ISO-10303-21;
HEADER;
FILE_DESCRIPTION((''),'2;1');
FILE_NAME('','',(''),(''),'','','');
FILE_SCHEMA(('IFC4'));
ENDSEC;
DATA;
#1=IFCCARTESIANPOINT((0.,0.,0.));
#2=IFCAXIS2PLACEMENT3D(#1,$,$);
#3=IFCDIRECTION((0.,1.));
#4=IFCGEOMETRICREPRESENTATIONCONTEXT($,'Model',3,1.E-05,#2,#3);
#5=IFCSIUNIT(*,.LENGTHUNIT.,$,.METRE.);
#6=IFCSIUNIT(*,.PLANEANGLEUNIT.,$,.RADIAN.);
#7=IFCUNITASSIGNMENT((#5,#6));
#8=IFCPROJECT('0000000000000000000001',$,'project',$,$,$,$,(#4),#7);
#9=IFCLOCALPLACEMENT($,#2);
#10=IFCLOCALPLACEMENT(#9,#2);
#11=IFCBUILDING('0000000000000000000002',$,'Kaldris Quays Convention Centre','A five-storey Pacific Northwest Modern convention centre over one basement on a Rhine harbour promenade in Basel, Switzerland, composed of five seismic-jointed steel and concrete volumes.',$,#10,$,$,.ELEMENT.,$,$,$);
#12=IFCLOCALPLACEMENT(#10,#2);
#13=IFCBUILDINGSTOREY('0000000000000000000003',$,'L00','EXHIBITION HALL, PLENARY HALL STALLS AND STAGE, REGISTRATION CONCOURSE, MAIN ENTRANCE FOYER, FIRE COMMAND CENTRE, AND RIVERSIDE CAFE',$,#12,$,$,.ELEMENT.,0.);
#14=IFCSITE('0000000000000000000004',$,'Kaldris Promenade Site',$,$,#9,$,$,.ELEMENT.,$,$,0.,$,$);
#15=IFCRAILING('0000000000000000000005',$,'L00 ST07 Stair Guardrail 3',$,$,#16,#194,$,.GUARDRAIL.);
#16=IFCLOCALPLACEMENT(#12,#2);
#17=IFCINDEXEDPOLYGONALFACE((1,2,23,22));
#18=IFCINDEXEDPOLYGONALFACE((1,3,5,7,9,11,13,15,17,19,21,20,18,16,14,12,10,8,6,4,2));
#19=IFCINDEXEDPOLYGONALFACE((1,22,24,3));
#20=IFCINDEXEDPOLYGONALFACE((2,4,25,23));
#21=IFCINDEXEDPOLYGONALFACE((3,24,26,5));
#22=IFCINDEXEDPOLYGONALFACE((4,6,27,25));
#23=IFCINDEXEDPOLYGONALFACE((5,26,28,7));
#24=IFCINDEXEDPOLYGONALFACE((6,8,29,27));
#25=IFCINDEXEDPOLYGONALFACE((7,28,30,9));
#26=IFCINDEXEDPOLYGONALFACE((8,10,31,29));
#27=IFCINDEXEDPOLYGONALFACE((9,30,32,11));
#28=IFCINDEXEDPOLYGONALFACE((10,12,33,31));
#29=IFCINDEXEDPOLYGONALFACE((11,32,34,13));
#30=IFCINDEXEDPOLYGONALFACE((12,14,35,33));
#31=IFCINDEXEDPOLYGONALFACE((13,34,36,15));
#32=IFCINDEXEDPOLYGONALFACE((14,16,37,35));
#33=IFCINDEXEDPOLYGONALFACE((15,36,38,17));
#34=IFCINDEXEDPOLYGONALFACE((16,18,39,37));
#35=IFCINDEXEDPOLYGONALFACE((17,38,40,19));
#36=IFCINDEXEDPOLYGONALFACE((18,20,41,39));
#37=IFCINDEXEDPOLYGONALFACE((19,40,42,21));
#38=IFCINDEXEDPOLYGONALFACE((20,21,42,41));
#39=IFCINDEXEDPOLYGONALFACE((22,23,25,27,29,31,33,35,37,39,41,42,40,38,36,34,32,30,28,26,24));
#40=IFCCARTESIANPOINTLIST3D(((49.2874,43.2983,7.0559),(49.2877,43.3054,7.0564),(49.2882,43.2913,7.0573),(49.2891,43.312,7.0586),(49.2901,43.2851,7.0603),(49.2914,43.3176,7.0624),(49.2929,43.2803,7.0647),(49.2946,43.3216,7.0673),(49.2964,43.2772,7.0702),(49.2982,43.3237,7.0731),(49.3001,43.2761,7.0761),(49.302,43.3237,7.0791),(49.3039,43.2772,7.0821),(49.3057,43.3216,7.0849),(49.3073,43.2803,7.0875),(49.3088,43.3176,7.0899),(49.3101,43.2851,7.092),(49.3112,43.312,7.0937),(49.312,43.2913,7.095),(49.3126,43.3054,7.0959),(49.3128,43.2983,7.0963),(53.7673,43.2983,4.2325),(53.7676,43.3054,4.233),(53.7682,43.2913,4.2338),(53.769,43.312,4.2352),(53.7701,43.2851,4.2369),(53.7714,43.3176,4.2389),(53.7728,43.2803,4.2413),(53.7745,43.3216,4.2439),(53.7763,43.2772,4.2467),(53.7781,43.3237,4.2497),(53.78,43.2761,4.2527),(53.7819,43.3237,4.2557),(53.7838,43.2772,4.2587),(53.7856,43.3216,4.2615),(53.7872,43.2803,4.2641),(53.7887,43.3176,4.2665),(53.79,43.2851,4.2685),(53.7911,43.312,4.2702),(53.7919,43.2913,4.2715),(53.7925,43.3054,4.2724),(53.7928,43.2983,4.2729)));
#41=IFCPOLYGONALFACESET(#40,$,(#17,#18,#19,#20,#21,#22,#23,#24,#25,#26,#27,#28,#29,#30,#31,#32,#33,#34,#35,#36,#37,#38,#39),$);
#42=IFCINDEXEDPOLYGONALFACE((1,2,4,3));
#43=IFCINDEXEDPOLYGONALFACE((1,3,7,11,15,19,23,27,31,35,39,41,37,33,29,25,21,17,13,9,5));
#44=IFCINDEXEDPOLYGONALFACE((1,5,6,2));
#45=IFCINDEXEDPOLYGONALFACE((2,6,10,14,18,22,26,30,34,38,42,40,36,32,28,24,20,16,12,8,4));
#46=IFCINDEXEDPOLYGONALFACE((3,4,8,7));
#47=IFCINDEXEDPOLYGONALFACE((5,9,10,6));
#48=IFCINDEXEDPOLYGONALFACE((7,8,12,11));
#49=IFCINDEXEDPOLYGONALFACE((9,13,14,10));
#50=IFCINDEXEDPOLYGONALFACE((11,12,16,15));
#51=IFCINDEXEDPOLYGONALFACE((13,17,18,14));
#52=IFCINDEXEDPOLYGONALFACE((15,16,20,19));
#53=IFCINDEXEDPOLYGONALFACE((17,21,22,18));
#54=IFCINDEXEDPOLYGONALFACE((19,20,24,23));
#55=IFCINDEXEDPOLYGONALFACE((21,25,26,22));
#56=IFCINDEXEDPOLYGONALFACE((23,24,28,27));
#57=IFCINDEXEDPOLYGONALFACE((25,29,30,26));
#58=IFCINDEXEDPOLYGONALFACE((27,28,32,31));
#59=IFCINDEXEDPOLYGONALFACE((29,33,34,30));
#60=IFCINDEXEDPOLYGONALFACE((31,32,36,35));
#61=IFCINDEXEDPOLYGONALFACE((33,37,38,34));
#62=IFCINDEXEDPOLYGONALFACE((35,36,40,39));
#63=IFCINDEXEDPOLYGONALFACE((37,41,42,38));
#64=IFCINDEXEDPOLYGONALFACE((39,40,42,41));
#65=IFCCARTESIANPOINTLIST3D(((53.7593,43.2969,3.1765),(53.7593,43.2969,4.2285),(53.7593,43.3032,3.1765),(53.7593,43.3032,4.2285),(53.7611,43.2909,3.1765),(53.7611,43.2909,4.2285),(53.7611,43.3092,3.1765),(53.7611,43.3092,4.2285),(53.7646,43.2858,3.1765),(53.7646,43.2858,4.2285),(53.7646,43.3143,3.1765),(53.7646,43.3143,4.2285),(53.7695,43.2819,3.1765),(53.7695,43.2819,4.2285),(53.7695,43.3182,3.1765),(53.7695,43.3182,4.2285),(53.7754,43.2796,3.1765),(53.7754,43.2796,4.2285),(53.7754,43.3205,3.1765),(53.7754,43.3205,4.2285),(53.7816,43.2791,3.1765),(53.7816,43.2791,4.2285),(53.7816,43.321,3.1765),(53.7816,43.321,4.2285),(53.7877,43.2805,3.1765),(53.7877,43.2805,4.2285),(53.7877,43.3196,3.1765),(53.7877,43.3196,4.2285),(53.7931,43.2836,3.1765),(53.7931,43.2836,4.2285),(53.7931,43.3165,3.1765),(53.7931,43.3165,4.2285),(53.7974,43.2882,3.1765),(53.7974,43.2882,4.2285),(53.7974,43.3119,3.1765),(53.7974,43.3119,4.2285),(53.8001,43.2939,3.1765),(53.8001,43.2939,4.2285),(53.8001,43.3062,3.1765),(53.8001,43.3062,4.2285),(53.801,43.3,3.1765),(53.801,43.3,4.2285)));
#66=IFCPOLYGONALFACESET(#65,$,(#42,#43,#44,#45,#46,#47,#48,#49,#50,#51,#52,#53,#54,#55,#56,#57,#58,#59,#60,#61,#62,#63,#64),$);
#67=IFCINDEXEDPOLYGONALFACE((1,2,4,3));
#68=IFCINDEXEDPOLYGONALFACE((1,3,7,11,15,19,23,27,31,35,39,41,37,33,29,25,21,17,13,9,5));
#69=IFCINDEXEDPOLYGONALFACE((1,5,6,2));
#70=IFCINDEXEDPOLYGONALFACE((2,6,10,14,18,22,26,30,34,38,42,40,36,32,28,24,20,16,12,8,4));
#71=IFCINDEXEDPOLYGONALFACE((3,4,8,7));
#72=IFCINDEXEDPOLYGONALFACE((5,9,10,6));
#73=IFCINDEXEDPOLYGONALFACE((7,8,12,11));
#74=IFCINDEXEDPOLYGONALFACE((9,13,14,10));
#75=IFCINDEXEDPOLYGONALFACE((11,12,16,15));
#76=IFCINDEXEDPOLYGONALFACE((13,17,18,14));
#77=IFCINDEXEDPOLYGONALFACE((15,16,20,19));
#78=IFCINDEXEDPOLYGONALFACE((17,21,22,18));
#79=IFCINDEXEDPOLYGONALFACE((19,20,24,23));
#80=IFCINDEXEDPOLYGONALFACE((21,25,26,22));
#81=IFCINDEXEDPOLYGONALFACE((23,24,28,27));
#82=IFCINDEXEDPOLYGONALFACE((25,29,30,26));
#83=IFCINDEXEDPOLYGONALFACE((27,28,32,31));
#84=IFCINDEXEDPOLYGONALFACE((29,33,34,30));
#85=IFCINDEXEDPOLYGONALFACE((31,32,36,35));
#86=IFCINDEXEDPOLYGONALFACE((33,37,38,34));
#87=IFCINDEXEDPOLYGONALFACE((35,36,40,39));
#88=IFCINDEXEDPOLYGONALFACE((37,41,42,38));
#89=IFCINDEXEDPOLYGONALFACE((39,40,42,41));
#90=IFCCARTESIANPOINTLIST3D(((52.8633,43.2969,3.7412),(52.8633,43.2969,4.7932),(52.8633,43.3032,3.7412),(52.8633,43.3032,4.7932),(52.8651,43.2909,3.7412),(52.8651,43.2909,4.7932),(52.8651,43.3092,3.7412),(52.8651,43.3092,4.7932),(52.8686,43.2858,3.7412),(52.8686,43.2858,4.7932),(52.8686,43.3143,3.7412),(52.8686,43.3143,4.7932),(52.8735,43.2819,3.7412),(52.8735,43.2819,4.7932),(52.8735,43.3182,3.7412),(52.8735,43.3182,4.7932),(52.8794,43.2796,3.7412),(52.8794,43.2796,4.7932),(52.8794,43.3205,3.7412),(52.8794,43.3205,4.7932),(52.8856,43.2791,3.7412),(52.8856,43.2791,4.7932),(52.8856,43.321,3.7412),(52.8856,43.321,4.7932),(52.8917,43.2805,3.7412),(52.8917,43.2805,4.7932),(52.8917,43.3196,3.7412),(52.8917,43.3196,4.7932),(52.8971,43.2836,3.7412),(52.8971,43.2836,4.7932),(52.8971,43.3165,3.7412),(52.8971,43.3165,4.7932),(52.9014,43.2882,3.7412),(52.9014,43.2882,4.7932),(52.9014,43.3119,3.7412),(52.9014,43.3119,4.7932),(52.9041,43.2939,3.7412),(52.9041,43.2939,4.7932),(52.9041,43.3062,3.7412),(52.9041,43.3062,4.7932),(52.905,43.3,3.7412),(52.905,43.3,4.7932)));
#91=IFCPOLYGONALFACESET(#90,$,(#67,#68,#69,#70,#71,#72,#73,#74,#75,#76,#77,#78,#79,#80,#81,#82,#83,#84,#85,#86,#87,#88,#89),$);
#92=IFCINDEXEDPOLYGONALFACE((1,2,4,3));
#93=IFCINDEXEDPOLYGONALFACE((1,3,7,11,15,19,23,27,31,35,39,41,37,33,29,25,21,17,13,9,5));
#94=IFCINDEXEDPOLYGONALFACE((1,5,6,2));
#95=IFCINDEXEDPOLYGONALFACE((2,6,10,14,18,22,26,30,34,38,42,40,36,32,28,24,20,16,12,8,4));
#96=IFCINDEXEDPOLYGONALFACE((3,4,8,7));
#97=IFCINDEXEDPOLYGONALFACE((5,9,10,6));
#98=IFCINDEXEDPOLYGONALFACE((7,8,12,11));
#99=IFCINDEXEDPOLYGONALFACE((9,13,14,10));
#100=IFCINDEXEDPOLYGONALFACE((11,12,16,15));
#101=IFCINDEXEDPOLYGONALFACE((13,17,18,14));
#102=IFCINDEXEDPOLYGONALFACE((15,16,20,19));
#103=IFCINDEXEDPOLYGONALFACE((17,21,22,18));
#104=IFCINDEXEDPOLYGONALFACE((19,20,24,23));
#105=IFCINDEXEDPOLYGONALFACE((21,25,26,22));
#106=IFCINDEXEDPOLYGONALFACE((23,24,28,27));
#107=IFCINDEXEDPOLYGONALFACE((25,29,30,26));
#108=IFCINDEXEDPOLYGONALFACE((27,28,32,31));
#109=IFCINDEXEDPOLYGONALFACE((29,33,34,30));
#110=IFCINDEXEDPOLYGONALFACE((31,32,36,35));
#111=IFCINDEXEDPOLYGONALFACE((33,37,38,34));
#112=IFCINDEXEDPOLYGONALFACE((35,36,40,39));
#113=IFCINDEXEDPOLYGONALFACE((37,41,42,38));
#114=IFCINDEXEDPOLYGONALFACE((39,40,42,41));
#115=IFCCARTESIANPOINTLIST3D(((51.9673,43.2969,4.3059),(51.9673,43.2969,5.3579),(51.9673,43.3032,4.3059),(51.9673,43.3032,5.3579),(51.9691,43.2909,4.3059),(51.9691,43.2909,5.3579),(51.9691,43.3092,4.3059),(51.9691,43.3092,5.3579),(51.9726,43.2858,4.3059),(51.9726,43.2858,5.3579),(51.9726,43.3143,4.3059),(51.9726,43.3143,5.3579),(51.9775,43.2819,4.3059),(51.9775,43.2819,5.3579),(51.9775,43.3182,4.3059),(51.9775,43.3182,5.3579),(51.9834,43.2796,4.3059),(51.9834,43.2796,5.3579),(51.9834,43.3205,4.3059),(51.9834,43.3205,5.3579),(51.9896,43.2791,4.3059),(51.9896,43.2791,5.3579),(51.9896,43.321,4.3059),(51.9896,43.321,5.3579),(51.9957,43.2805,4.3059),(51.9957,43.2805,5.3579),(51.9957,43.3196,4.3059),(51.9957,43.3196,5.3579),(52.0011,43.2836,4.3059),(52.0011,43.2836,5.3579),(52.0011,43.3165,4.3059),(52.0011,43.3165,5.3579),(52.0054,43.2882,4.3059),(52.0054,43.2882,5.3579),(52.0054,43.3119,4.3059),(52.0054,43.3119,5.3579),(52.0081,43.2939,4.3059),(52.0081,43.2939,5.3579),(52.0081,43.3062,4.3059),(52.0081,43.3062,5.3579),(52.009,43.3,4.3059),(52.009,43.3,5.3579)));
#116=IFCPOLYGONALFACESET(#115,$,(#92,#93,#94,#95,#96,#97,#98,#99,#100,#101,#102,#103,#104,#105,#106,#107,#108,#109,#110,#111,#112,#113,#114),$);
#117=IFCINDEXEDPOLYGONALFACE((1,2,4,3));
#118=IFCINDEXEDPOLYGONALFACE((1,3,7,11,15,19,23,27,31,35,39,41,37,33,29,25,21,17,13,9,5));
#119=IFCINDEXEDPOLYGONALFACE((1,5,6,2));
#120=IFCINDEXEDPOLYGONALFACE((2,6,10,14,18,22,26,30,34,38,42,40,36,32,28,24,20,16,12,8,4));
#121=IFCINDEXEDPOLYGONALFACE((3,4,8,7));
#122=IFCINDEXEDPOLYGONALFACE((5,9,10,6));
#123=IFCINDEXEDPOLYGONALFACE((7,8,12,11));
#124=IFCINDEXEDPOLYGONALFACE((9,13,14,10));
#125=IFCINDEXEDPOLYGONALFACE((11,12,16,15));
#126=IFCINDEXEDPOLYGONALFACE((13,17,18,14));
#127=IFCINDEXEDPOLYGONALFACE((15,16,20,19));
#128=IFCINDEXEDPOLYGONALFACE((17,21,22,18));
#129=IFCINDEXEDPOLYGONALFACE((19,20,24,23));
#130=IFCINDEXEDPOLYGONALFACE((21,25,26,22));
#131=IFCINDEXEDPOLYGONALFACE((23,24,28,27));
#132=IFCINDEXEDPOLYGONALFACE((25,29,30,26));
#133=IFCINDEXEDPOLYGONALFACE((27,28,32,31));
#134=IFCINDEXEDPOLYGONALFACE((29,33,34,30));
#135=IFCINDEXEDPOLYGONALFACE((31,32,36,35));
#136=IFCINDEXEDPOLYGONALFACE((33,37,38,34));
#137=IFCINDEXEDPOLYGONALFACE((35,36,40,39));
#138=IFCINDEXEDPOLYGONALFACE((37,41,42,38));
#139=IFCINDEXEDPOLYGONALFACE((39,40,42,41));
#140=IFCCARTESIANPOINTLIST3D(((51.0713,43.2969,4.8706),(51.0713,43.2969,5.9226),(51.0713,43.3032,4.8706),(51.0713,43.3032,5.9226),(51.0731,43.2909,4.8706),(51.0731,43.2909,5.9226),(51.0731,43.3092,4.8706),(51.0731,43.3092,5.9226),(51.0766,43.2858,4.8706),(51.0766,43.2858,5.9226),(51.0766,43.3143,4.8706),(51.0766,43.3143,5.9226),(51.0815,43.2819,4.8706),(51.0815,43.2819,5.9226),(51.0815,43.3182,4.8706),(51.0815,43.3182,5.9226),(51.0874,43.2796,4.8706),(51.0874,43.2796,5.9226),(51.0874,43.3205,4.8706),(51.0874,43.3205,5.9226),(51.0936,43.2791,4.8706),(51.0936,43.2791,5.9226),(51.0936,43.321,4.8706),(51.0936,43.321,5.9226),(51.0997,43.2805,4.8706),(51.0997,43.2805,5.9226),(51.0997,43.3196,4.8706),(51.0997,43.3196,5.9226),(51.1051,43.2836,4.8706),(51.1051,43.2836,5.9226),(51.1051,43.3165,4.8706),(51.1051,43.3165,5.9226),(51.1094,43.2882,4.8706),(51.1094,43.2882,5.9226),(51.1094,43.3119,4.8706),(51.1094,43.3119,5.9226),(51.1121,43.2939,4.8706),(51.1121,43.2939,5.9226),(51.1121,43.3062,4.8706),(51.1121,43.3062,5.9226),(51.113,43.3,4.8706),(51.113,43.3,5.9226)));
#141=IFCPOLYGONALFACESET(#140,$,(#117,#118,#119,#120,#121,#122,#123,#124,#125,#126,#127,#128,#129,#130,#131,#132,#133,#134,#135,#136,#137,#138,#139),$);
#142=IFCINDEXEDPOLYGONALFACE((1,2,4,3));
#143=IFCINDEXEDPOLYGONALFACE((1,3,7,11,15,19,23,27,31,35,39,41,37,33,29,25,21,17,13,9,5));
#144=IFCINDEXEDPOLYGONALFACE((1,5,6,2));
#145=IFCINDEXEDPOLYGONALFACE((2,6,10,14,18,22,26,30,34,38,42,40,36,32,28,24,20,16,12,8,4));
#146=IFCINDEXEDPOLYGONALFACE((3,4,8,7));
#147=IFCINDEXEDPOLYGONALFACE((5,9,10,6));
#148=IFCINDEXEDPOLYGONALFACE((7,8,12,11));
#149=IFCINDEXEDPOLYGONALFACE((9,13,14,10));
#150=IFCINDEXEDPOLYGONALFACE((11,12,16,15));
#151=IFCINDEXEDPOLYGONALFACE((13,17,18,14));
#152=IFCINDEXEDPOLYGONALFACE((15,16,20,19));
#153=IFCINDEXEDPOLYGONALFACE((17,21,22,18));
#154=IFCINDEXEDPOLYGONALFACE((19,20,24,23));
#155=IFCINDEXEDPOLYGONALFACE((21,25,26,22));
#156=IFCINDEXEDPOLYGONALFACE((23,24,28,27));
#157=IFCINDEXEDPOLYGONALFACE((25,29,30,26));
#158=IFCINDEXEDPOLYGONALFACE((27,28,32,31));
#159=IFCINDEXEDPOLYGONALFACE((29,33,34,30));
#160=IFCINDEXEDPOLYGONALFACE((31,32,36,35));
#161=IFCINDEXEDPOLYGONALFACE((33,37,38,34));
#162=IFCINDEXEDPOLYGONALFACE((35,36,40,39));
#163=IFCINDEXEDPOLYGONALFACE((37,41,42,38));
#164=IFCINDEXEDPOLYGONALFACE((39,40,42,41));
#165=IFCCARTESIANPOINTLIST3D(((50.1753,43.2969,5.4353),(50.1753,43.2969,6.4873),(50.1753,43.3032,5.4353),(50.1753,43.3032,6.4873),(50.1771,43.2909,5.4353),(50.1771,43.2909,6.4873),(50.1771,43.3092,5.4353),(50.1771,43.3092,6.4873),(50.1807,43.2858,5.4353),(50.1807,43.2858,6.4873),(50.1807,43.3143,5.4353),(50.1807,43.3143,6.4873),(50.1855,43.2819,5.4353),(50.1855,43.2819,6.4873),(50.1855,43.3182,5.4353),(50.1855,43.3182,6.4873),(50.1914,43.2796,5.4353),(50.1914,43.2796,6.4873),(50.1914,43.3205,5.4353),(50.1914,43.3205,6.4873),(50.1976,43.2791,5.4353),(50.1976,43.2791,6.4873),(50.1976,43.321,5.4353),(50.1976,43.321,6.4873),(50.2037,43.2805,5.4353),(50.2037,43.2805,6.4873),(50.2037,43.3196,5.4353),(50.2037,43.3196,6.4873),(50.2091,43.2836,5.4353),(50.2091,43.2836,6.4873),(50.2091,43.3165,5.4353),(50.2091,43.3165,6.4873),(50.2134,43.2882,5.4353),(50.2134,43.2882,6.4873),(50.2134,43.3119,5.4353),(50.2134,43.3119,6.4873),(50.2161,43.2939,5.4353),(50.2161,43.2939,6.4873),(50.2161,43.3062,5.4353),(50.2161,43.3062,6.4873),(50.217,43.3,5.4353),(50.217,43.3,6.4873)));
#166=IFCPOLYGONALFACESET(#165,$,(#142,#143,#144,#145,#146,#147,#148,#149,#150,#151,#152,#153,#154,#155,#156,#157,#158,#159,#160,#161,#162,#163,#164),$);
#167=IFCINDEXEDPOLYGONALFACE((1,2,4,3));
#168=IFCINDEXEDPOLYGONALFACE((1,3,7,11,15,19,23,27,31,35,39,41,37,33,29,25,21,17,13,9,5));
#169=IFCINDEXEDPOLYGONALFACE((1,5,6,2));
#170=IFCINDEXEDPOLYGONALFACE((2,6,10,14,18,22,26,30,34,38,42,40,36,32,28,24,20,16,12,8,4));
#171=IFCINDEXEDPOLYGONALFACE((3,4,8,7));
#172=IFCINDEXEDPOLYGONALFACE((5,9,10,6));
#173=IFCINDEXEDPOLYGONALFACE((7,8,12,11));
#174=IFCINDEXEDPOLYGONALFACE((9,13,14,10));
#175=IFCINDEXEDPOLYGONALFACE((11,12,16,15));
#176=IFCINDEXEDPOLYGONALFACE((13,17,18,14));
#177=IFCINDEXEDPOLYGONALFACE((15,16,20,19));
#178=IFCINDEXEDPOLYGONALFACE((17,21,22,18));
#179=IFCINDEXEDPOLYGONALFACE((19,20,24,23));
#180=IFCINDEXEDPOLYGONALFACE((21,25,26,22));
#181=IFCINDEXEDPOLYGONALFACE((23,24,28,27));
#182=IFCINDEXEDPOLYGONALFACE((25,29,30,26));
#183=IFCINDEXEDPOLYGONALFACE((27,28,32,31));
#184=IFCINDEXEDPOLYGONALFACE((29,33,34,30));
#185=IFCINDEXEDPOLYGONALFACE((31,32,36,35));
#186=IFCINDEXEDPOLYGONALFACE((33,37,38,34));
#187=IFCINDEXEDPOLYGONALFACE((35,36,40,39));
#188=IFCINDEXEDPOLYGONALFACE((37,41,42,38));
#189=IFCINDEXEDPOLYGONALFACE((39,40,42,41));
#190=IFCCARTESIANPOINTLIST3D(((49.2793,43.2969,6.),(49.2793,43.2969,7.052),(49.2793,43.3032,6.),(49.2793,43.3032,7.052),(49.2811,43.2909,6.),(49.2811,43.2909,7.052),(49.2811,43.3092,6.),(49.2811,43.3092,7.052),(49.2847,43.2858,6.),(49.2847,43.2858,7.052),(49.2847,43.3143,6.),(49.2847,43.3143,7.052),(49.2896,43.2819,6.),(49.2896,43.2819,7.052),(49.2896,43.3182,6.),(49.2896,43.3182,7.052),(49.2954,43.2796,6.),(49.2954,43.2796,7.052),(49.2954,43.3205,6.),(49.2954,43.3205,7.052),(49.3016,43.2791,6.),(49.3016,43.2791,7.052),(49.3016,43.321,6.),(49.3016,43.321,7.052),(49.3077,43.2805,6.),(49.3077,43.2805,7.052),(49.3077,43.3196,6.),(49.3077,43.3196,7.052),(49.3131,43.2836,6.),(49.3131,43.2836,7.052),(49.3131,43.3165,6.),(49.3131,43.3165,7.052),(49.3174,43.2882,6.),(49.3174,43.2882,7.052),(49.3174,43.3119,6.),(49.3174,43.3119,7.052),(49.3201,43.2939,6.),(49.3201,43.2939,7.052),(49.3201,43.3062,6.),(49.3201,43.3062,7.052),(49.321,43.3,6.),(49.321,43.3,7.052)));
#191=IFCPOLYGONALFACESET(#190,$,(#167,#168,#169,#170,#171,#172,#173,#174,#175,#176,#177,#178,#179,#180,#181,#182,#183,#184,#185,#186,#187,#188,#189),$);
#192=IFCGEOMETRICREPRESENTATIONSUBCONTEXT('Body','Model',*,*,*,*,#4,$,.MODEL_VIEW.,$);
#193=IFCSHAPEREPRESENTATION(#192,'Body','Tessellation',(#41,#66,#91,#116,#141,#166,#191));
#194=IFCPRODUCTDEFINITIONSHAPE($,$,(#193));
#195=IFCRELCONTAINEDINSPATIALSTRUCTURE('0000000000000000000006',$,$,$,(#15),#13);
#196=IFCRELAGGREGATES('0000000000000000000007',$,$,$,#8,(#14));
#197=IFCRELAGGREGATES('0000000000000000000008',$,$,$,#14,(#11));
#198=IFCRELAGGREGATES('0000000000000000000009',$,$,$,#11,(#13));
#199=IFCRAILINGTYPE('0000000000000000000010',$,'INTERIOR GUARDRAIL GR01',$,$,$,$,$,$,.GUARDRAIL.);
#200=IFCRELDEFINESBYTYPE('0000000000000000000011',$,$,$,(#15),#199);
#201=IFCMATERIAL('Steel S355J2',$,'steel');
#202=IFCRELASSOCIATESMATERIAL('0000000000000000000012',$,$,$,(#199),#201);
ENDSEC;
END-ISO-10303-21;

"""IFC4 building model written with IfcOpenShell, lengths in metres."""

from ifc_helpers import new_model, si_unit, direction, frame, origin, origin_2d, place, context, subcontext, project, spatial, circle, extrude, material, type_object, element, save


model = new_model("IFC4")

# Units and contexts
model_context = context("Model", 3, precision=1e-05, world=origin(), true_north=direction((0.0, 1.0)))
body_context = subcontext(model_context, "Body", "Model", "MODEL_VIEW")
ifc_project = project(units=[si_unit("LENGTHUNIT", "METRE"), si_unit("PLANEANGLEUNIT", "RADIAN")], contexts=[model_context])

# Site, building, storey
site_placement = place(None, origin())
site = spatial("IfcSite", under=ifc_project, at=site_placement, Name="Kaldris Promenade Site", CompositionType="ELEMENT", RefElevation=0.0)
building_placement = place(site_placement, origin())
building = spatial("IfcBuilding", under=site, at=building_placement, Name="Kaldris Quays Convention Centre", Description="A five-storey Pacific Northwest Modern convention centre over one basement on a Rhine harbour promenade in Basel, Switzerland, composed of five seismic-jointed steel and concrete volumes.", CompositionType="ELEMENT")
storey_placement = place(building_placement, origin())
storey = spatial("IfcBuildingStorey", under=building, at=storey_placement, Name="L00", Description="EXHIBITION HALL, PLENARY HALL STALLS AND STAGE, REGISTRATION CONCOURSE, MAIN ENTRANCE FOYER, FIRE COMMAND CENTRE, AND RIVERSIDE CAFE", CompositionType="ELEMENT", Elevation=0.0)

# Shared definitions
ifc_material_1 = material(Name="Steel S355J2", Category="steel")

# Railing
railing_type_1 = type_object("IfcRailingType", Name="INTERIOR GUARDRAIL GR01", PredefinedType="GUARDRAIL", material=ifc_material_1)
railing_1_placement = place(storey_placement, frame((53.78, 43.3, 3.1765)))
element("IfcRailing", 1, at=railing_1_placement, inside=storey, type_object=railing_type_1, Name="L00 ST07 Stair Guardrail 3", PredefinedType="GUARDRAIL", context=body_context, shape_type="SweptSolid", body=[
    extrude(circle(Radius=0.0239, at=origin_2d()), frame((0.0, 0.0, 1.0762), z_axis=(-0.845998, 0.0, 0.533186), x_axis=(0.0, -1.0, 0.0)), (0.0, 0.0, 1.0), 5.2954),
    extrude(circle(Radius=0.021, at=origin_2d()), origin(), (0.0, 0.0, 1.0), 1.052),
    extrude(circle(Radius=0.021, at=origin_2d()), frame((-0.896, 0.0, 0.5647)), (0.0, 0.0, 1.0), 1.052),
    extrude(circle(Radius=0.021, at=origin_2d()), frame((-1.792, 0.0, 1.1294)), (0.0, 0.0, 1.0), 1.052),
    extrude(circle(Radius=0.021, at=origin_2d()), frame((-2.688, 0.0, 1.6941)), (0.0, 0.0, 1.0), 1.052),
    extrude(circle(Radius=0.021, at=origin_2d()), frame((-3.584, 0.0, 2.2588)), (0.0, 0.0, 1.0), 1.052),
    extrude(circle(Radius=0.021, at=origin_2d()), frame((-4.48, 0.0, 2.8235)), (0.0, 0.0, 1.0), 1.052),
])

save(model, "model.ifc")
